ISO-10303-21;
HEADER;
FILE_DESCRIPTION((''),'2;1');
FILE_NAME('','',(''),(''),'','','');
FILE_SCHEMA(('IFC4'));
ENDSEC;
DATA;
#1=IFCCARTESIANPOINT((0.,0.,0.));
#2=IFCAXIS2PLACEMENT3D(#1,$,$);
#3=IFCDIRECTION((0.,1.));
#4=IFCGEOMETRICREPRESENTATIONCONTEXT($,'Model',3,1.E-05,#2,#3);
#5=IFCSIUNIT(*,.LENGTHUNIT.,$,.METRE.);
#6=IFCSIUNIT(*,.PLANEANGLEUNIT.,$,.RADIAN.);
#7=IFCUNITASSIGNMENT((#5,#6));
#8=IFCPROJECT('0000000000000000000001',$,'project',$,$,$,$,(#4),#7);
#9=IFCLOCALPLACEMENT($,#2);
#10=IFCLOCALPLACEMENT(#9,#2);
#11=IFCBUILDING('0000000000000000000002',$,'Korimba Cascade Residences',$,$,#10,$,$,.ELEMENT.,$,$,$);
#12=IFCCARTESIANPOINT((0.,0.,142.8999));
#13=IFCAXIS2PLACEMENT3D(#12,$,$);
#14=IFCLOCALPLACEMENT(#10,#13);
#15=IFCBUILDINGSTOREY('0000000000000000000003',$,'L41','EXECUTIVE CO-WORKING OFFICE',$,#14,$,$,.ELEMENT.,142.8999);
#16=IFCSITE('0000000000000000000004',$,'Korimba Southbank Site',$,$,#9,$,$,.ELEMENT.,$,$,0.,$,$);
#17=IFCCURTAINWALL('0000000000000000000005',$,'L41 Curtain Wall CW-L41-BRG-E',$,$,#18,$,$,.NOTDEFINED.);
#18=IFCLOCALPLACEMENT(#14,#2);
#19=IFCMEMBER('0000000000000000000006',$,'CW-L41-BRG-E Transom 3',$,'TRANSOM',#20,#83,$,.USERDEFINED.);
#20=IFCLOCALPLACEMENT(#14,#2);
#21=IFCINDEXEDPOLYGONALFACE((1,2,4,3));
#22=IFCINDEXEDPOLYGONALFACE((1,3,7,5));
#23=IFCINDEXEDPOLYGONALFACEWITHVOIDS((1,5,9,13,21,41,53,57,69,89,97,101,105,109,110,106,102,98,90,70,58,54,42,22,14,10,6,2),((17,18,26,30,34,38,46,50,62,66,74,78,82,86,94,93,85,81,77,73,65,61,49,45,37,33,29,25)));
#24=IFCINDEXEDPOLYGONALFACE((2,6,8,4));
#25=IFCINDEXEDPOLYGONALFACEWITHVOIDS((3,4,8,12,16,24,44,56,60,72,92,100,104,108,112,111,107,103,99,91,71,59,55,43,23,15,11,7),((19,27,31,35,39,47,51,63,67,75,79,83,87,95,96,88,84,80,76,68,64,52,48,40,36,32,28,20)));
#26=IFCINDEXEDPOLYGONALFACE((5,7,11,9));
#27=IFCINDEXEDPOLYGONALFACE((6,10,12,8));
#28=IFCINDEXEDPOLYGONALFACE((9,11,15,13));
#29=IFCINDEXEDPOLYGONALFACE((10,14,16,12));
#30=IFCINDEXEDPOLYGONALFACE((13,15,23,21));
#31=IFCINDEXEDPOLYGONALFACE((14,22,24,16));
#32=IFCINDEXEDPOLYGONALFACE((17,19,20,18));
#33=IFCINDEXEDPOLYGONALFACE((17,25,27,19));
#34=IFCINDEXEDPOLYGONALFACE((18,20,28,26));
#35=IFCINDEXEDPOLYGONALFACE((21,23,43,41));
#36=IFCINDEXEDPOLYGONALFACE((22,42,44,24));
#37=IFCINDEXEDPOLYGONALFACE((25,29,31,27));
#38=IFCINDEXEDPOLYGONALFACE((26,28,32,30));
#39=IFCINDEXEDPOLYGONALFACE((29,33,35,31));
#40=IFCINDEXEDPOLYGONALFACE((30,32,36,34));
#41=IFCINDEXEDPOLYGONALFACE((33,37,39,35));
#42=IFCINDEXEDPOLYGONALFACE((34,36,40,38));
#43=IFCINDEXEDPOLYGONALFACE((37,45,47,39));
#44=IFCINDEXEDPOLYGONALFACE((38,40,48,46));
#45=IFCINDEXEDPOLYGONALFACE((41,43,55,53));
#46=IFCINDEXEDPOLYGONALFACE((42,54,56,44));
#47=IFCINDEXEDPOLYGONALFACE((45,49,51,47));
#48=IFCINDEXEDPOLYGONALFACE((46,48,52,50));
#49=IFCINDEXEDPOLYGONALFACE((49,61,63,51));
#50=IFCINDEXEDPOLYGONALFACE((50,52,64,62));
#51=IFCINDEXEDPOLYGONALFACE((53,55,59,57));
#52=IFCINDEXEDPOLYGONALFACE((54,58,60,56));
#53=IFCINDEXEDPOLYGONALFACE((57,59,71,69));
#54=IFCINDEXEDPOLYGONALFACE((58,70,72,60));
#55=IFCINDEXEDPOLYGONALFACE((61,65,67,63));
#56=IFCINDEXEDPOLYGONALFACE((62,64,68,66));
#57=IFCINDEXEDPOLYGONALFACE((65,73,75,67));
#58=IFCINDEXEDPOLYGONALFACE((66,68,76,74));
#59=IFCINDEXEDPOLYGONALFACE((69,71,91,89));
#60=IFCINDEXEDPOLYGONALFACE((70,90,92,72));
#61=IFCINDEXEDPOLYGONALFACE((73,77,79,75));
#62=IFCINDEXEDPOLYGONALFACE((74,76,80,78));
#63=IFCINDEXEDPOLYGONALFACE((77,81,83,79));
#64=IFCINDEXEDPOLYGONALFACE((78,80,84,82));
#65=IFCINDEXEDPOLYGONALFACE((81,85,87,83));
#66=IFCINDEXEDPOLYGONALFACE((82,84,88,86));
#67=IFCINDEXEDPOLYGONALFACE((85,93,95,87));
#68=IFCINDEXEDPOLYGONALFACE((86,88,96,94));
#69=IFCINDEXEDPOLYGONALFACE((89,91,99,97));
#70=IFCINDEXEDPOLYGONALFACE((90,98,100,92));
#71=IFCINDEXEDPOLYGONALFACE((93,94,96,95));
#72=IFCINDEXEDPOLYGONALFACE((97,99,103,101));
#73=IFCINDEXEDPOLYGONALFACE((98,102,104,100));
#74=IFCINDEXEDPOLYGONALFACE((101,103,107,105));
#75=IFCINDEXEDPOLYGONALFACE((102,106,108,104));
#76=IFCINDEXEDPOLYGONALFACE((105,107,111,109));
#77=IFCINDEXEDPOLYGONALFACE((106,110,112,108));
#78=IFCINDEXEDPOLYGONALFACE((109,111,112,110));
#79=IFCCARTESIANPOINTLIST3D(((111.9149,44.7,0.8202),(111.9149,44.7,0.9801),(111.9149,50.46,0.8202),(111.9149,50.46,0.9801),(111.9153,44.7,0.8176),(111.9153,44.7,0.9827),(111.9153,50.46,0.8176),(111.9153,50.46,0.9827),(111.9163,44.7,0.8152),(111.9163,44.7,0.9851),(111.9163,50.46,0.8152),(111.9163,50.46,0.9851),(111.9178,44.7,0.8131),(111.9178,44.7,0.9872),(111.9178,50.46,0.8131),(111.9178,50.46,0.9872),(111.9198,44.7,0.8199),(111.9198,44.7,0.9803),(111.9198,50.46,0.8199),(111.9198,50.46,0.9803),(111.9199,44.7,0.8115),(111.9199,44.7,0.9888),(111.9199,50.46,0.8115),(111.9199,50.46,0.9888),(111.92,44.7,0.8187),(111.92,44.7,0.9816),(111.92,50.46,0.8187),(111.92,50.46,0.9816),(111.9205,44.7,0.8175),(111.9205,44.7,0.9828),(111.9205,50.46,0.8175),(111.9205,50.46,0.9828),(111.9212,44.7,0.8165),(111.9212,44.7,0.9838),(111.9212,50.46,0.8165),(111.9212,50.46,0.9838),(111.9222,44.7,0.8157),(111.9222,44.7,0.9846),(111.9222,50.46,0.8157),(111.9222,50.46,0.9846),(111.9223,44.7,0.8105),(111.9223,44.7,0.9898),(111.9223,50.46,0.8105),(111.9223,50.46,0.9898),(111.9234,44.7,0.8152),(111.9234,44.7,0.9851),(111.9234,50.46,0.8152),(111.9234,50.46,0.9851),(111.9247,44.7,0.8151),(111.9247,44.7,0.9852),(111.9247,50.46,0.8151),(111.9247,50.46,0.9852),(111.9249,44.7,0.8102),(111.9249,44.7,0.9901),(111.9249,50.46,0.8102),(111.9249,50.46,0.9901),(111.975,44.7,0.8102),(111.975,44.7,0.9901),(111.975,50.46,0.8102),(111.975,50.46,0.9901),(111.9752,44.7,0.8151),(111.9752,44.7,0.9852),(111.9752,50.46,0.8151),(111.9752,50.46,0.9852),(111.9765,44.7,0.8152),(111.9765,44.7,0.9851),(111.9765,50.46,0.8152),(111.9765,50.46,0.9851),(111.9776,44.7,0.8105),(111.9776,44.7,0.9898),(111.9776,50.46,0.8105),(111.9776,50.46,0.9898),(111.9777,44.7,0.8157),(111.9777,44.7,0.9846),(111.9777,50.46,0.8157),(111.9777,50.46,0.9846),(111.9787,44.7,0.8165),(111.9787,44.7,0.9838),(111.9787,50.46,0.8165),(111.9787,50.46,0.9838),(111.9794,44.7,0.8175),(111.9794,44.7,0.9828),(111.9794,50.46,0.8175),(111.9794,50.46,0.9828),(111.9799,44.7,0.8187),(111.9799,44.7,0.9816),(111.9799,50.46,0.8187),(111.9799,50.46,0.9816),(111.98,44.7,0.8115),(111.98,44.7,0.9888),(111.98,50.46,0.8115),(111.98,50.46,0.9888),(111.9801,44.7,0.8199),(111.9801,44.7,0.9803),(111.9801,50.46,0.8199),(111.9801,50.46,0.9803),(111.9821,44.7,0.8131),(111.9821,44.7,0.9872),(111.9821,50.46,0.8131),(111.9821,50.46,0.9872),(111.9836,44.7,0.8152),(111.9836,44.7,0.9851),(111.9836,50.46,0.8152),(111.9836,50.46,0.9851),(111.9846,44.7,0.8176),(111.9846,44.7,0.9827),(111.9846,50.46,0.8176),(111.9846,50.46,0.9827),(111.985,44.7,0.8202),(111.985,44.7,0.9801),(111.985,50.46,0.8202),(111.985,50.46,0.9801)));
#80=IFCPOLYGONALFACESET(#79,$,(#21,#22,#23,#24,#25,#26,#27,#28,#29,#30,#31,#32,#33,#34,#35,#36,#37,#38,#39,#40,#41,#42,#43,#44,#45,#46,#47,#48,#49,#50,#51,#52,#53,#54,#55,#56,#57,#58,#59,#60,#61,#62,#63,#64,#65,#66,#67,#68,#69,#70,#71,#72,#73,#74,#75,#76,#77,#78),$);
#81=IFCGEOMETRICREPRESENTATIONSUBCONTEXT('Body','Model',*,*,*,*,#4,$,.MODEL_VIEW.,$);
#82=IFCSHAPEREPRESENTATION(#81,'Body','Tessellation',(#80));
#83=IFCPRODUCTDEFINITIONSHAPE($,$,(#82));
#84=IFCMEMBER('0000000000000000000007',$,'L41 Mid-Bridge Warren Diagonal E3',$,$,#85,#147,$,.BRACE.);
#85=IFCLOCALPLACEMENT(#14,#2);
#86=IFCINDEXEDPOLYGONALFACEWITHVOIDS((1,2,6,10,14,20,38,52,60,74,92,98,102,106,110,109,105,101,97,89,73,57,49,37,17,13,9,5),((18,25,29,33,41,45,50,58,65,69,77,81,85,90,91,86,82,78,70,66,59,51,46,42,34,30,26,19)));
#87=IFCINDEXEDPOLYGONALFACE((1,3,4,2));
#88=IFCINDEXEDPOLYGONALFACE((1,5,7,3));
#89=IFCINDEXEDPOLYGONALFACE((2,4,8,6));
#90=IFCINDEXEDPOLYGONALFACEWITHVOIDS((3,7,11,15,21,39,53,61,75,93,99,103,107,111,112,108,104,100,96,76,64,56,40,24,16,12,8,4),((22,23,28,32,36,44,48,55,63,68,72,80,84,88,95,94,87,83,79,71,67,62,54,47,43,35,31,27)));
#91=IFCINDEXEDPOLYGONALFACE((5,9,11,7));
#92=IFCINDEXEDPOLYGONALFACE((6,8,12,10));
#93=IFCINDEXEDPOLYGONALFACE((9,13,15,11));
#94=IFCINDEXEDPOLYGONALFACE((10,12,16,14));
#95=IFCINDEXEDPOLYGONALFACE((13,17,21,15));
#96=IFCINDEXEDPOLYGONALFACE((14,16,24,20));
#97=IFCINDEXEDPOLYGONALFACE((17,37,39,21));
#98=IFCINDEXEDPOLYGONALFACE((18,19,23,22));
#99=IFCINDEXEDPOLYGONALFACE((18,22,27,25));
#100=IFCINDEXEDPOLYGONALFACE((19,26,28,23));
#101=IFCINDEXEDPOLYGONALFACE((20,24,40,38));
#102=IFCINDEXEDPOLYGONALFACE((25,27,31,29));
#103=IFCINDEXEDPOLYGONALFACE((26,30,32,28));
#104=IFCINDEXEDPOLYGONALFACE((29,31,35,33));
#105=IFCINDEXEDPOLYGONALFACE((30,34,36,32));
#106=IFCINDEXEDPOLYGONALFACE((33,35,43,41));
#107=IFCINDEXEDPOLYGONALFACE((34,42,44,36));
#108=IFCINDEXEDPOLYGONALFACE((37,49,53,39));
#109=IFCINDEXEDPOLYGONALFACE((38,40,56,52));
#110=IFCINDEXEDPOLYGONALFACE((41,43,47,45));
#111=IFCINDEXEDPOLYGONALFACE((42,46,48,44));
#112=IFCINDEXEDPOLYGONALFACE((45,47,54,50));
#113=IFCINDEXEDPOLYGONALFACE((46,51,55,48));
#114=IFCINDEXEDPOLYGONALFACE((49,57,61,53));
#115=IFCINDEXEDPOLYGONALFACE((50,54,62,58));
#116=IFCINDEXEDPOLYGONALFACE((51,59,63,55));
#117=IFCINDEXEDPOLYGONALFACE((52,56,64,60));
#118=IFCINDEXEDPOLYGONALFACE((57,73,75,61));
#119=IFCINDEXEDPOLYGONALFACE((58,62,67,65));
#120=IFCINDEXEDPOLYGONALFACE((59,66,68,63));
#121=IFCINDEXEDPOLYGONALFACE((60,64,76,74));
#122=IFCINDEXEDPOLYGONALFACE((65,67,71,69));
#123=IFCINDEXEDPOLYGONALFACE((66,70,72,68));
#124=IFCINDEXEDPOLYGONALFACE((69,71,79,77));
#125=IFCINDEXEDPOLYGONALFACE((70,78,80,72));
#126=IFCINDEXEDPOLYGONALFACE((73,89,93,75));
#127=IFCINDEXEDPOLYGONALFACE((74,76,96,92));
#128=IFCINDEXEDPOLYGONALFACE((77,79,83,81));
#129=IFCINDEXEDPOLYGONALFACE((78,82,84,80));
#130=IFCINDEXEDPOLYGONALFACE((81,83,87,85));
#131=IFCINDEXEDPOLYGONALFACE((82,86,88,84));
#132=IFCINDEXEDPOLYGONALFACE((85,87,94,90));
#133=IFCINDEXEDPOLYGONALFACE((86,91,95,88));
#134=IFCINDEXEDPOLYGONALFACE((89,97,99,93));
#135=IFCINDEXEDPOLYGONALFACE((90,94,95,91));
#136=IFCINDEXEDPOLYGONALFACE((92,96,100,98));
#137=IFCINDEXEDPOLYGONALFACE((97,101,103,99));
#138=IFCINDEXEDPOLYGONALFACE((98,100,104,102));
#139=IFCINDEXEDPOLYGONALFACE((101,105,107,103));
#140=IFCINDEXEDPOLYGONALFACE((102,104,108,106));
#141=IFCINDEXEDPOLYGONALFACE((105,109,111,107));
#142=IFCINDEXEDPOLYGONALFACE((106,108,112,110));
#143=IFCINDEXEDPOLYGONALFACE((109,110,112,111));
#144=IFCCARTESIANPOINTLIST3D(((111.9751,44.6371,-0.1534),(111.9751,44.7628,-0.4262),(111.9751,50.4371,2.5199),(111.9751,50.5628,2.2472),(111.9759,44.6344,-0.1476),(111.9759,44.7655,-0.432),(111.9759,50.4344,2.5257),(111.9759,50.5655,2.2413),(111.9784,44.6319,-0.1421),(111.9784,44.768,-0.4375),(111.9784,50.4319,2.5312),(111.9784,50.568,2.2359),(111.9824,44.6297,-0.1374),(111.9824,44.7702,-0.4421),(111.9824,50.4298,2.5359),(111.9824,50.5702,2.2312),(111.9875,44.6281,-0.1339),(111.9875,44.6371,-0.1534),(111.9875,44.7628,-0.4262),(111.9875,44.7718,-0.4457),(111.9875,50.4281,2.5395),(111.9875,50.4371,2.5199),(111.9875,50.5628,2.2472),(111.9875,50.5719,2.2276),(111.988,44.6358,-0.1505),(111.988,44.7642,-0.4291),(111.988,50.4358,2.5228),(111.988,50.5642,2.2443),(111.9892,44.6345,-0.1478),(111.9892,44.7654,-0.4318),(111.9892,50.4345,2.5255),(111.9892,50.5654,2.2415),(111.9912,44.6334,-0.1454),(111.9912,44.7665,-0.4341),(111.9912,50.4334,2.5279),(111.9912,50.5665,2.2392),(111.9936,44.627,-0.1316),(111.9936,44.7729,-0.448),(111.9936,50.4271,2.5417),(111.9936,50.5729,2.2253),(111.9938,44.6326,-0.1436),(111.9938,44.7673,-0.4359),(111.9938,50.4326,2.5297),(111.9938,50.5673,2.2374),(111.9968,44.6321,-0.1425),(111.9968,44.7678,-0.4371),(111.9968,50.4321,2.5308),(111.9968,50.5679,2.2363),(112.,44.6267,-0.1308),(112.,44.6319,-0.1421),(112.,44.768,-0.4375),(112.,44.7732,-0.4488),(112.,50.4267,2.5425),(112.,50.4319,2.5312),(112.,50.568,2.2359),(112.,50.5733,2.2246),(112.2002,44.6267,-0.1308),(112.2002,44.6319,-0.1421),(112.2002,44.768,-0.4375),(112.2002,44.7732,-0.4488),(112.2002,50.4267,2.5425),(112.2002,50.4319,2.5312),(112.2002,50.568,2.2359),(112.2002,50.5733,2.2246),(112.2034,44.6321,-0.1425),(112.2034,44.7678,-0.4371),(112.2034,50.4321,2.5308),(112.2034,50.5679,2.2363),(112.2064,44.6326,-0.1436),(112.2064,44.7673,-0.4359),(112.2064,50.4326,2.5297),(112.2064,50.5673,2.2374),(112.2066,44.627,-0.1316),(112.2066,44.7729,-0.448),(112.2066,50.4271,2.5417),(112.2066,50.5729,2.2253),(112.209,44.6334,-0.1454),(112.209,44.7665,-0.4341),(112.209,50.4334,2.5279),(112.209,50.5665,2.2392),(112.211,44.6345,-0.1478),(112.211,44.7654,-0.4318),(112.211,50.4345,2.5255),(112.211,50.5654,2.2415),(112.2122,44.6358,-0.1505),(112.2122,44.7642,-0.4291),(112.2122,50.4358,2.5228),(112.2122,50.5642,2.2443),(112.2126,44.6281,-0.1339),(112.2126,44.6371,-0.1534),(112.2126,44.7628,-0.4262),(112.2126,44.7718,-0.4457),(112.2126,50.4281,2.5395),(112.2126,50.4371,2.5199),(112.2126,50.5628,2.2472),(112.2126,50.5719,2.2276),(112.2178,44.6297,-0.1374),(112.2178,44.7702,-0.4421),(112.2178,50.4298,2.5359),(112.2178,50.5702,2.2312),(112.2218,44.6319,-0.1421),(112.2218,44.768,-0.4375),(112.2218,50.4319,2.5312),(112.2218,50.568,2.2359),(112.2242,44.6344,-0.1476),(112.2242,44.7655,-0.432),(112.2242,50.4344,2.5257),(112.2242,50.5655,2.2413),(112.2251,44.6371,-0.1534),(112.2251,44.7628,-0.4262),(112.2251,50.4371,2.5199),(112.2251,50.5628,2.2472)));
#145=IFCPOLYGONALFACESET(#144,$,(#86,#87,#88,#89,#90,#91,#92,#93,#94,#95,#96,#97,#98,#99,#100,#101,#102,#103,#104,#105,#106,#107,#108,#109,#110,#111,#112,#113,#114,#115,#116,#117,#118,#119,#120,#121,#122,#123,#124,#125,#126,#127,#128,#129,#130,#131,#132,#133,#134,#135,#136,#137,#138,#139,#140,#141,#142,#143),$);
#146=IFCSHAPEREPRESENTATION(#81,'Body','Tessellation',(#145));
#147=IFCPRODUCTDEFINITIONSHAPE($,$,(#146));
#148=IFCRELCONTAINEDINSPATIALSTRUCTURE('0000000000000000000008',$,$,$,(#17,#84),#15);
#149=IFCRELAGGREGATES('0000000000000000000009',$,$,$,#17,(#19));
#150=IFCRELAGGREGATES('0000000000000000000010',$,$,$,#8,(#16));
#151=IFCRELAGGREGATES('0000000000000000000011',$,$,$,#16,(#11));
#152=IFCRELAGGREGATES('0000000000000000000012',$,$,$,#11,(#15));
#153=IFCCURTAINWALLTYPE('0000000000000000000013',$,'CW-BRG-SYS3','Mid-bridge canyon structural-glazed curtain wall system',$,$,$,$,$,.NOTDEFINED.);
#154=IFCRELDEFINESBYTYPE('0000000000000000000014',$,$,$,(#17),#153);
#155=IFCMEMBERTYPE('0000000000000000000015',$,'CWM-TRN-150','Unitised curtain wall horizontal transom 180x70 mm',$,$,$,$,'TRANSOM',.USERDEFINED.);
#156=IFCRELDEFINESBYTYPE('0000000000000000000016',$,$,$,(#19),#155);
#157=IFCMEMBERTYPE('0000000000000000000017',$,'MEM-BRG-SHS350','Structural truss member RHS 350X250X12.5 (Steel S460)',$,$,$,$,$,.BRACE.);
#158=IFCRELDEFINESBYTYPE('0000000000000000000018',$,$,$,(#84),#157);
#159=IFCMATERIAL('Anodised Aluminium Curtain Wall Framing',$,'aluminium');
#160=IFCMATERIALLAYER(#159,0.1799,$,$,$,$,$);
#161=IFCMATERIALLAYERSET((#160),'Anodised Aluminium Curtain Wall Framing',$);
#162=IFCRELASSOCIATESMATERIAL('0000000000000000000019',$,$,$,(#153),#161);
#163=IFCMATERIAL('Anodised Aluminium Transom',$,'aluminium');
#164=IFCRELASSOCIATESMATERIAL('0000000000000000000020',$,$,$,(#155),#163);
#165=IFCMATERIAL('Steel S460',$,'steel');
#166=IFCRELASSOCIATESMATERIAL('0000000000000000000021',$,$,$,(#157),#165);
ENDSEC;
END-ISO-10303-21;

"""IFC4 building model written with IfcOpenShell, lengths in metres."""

from ifc_helpers import new_model, si_unit, direction, frame, origin, origin_2d, place, context, subcontext, project, spatial, hollow_rectangle, extrude, material, layer, layer_set, material_profile, profile_set, type_object, element, aggregate, save


model = new_model("IFC4")

# Units and contexts
model_context = context("Model", 3, precision=1e-05, world=origin(), true_north=direction((0.0, 1.0)))
body_context = subcontext(model_context, "Body", "Model", "MODEL_VIEW")
ifc_project = project(units=[si_unit("LENGTHUNIT", "METRE"), si_unit("PLANEANGLEUNIT", "RADIAN")], contexts=[model_context])

# Site, building, storey
site_placement = place(None, origin())
site = spatial("IfcSite", under=ifc_project, at=site_placement, Name="Korimba Southbank Site", CompositionType="ELEMENT", RefElevation=0.0)
building_placement = place(site_placement, origin())
building = spatial("IfcBuilding", under=site, at=building_placement, Name="Korimba Cascade Residences", CompositionType="ELEMENT")
storey_placement = place(building_placement, frame((0.0, 0.0, 142.8999)))
storey = spatial("IfcBuildingStorey", under=building, at=storey_placement, Name="L41", Description="EXECUTIVE CO-WORKING OFFICE", CompositionType="ELEMENT", Elevation=142.8999)

# Curtain wall, member
ifc_material_1 = material(Name="Anodised Aluminium Curtain Wall Framing", Category="aluminium")
ifc_layer_1 = layer(ifc_material_1, 0.1799)
ifc_layer_set_1 = layer_set([ifc_layer_1], Name="Anodised Aluminium Curtain Wall Framing")
curtain_wall_type = type_object("IfcCurtainWallType", Name="CW-BRG-SYS3", Description="Mid-bridge canyon structural-glazed curtain wall system", PredefinedType="NOTDEFINED", material=ifc_layer_set_1)
curtain_wall_placement = place(storey_placement, origin())
curtain_wall = element("IfcCurtainWall", 1, at=curtain_wall_placement, inside=storey, type_object=curtain_wall_type, Name="L41 Curtain Wall CW-L41-BRG-E", PredefinedType="NOTDEFINED")
ifc_material_2 = material(Name="Anodised Aluminium Transom", Category="aluminium")
ifc_material_profile_1 = material_profile(ifc_material_2, hollow_rectangle(XDim=0.0701, YDim=0.1799, WallThickness=0.0049, InnerFilletRadius=0.0049, OuterFilletRadius=0.01, at=origin_2d()), Name="Anodised Aluminium Transom")
ifc_profile_set_1 = profile_set([ifc_material_profile_1], Name="Anodised Aluminium Transom")
member_type_1 = type_object("IfcMemberType", Name="CWM-TRN-150", Description="Unitised curtain wall horizontal transom 180x70 mm", ElementType="TRANSOM", PredefinedType="USERDEFINED", material=ifc_profile_set_1)
member_1_placement = place(storey_placement, frame((111.95, 44.7, 0.9001), z_axis=(0.0, 1.0, 0.0), x_axis=(-1.0, 0.0, 0.0)))
member_1 = element("IfcMember", 2, at=member_1_placement, type_object=member_type_1, Name="CW-L41-BRG-E Transom 3", ObjectType="TRANSOM", PredefinedType="USERDEFINED", context=body_context, shape_type="SweptSolid", body=[
    extrude(hollow_rectangle(XDim=0.0701, YDim=0.1799, WallThickness=0.0049, InnerFilletRadius=0.0049, OuterFilletRadius=0.01, at=origin_2d()), origin(), (0.0, 0.0, 1.0), 5.76),
])

# Member
ifc_material_3 = material(Name="Steel S460", Category="steel")
ifc_material_profile_2 = material_profile(ifc_material_3, hollow_rectangle(XDim=0.25, YDim=0.3501, WallThickness=0.0125, InnerFilletRadius=0.0125, OuterFilletRadius=0.0249, at=origin_2d()), Name="Steel S460")
ifc_profile_set_2 = profile_set([ifc_material_profile_2], Name="Steel S460")
member_type_2 = type_object("IfcMemberType", Name="MEM-BRG-SHS350", Description="Structural truss member RHS 350X250X12.5 (Steel S460)", PredefinedType="BRACE", material=ifc_profile_set_2)
member_2_placement = place(storey_placement, frame((112.1001, 44.7, -0.2898), z_axis=(0.0, 0.908174, 0.418593), x_axis=(-1.0, 0.0, 0.0)))
element("IfcMember", 3, at=member_2_placement, inside=storey, type_object=member_type_2, Name="L41 Mid-Bridge Warren Diagonal E3", PredefinedType="BRACE", context=body_context, shape_type="SweptSolid", body=[
    extrude(hollow_rectangle(XDim=0.25, YDim=0.3501, WallThickness=0.0125, InnerFilletRadius=0.0125, OuterFilletRadius=0.0249, at=origin_2d()), origin(), (0.0, 0.0, 1.0), 6.3865),
])

aggregate(curtain_wall, [member_1])

save(model, "model.ifc")
